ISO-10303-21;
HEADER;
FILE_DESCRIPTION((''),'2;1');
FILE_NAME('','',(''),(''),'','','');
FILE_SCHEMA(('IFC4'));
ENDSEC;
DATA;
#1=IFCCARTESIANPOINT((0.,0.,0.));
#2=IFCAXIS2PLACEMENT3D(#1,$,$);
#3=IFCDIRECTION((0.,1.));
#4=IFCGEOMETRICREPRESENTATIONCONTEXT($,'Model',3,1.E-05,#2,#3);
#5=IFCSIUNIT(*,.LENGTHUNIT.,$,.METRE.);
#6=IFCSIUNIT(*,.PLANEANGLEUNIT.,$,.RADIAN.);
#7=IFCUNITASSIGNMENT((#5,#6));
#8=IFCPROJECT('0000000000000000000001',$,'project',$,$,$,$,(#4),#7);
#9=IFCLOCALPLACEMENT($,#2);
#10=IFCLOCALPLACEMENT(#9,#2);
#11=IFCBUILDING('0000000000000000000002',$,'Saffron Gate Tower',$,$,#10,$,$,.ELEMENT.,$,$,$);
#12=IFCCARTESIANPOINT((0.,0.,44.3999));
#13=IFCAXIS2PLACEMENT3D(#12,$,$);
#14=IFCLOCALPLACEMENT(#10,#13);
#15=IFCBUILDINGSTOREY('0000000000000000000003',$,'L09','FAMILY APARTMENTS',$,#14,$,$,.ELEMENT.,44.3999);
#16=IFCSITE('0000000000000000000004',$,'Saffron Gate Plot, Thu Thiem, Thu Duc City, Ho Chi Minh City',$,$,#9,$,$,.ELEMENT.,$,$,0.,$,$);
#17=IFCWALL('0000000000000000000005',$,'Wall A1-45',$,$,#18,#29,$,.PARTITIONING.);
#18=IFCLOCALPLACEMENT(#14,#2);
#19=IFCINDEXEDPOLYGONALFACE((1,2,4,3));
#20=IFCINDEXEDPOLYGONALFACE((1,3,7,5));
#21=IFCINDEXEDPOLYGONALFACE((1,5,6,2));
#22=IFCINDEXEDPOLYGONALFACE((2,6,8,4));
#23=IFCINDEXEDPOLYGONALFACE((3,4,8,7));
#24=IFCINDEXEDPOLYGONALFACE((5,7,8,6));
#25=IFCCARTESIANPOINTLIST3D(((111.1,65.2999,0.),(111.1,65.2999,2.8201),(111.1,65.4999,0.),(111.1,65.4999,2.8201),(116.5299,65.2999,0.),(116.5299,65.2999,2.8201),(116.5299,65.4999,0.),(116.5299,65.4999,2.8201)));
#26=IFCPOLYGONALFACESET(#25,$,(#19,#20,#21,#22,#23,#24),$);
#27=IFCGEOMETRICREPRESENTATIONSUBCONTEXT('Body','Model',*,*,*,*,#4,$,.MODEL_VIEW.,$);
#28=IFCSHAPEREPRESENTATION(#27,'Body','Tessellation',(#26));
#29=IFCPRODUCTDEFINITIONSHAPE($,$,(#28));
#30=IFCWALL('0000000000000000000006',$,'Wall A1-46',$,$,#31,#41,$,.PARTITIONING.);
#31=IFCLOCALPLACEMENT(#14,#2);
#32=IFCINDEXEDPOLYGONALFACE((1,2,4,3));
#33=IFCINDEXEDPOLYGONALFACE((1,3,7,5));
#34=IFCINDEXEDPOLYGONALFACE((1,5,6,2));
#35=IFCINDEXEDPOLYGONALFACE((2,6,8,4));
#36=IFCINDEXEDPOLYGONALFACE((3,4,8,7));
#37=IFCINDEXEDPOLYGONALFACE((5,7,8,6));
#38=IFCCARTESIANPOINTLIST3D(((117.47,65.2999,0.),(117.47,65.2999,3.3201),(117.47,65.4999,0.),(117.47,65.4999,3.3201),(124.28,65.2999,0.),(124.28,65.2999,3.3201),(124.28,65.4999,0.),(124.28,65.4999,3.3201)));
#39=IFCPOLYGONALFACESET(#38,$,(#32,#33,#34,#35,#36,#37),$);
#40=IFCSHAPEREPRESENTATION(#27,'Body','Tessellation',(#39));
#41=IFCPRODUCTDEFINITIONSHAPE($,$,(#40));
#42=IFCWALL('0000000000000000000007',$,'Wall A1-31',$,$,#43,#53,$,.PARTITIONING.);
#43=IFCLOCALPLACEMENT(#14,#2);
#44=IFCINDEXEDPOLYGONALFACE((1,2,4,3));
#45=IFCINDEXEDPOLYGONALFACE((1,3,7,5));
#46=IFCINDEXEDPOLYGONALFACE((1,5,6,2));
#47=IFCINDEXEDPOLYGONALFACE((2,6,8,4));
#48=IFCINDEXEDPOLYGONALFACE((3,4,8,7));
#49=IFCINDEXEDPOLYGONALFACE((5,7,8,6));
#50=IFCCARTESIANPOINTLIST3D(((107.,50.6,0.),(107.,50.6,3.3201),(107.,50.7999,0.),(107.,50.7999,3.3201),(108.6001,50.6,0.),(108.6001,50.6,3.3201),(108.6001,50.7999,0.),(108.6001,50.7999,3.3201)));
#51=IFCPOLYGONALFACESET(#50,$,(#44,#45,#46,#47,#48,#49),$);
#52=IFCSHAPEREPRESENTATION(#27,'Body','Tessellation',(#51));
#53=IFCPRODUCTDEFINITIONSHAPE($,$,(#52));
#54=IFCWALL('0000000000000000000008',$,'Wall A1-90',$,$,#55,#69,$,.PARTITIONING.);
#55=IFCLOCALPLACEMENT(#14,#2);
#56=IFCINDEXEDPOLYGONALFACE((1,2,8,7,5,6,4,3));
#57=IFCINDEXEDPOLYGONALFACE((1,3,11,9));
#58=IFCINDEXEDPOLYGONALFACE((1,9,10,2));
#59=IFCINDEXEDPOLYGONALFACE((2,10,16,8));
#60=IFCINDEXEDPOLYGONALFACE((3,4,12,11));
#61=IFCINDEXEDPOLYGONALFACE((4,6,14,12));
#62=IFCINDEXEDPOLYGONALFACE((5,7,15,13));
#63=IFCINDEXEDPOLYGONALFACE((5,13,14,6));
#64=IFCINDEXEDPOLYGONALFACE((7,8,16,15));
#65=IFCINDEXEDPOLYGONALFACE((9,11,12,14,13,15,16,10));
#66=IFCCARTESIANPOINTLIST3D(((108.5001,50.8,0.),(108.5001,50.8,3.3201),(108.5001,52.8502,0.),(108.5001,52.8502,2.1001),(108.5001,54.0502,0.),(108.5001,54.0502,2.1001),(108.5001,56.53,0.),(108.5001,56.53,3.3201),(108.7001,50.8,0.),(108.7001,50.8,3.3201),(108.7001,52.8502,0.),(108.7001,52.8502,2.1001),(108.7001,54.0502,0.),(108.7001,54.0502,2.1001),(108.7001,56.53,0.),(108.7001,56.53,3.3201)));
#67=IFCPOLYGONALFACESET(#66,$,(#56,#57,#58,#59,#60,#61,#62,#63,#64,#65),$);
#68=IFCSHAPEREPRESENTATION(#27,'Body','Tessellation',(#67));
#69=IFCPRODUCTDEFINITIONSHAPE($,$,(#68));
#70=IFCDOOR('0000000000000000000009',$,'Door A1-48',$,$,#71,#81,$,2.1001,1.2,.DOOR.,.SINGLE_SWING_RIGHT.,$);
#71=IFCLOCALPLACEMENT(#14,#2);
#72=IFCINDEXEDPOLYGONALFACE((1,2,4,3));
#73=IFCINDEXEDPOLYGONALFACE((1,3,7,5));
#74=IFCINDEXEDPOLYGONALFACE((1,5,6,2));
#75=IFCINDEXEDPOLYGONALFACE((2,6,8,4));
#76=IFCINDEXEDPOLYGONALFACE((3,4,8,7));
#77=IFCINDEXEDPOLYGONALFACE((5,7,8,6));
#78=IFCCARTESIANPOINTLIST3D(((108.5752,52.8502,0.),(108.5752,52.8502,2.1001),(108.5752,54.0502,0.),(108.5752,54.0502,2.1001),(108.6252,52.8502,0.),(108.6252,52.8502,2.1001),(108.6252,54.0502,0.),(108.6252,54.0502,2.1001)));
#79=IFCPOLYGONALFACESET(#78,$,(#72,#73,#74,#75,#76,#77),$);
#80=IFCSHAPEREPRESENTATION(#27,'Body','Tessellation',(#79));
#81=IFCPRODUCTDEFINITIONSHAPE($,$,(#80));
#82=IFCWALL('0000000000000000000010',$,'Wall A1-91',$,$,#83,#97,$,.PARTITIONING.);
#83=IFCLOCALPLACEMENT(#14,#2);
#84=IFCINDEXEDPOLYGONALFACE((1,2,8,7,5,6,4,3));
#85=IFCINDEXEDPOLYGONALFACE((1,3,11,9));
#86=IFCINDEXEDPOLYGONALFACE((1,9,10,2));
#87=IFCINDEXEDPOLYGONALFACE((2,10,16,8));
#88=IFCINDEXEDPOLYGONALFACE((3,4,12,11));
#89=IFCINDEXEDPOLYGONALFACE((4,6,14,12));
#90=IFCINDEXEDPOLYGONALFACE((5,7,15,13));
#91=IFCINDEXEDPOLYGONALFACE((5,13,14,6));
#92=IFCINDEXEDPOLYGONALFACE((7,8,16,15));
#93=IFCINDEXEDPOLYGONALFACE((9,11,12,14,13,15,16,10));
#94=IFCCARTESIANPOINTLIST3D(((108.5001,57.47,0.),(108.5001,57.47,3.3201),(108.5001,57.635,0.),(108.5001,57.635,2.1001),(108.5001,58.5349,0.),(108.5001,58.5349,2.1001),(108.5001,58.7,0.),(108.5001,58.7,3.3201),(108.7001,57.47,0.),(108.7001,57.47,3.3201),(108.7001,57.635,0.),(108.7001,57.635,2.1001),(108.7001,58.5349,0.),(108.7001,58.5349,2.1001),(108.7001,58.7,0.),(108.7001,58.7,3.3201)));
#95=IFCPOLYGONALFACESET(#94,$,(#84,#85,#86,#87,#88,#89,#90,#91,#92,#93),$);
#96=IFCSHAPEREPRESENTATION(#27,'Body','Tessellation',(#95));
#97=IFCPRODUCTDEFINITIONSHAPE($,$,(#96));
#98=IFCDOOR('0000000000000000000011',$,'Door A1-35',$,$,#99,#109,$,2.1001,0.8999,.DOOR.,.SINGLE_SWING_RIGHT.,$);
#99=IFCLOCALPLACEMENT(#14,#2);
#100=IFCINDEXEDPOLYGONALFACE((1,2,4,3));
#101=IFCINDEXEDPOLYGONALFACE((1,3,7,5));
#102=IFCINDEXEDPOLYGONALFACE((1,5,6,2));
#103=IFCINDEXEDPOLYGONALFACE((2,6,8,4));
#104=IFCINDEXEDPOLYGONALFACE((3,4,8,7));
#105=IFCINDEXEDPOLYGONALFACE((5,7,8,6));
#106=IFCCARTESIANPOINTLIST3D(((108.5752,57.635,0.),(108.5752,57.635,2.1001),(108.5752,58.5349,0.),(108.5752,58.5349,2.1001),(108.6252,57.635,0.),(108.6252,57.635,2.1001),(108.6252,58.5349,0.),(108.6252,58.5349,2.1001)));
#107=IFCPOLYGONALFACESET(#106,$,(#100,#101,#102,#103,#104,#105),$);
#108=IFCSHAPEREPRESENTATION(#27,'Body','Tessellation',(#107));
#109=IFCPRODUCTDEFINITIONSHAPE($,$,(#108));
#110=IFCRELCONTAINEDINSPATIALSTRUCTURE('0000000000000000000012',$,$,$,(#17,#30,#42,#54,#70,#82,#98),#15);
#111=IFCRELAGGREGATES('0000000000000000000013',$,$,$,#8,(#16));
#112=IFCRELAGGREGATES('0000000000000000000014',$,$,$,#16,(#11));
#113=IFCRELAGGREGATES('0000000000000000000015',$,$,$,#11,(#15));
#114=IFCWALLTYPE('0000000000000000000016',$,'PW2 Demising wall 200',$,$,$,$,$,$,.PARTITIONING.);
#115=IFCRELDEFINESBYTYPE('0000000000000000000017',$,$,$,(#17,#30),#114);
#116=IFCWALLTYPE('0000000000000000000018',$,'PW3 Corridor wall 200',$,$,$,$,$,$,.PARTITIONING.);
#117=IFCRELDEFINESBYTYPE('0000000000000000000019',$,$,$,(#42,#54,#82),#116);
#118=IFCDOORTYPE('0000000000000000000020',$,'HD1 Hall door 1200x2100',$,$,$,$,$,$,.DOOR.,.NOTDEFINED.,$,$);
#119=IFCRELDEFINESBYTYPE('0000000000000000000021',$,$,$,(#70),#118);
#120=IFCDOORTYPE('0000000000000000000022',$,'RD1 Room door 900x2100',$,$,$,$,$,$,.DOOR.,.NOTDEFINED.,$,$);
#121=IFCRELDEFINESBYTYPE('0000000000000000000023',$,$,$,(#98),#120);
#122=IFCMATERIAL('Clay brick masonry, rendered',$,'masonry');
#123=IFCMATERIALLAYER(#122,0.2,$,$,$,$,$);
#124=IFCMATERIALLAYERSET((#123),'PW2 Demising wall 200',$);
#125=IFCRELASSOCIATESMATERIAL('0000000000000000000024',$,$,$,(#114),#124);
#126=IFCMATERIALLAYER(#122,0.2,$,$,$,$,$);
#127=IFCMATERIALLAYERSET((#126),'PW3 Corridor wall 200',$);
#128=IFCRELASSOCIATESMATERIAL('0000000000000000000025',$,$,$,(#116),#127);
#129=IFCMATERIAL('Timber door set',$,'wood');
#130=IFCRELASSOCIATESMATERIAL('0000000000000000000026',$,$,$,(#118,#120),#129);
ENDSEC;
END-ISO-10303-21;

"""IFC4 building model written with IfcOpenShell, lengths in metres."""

from ifc_helpers import new_model, si_unit, direction, frame, frame_2d, origin, place, context, subcontext, project, spatial, rectangle, extrude, material, layer, layer_set, type_object, element, fill, save


model = new_model("IFC4")

# Units and contexts
model_context = context("Model", 3, precision=1e-05, world=origin(), true_north=direction((0.0, 1.0)))
body_context = subcontext(model_context, "Body", "Model", "MODEL_VIEW")
ifc_project = project(units=[si_unit("LENGTHUNIT", "METRE"), si_unit("PLANEANGLEUNIT", "RADIAN")], contexts=[model_context])

# Site, building, storey
site_placement = place(None, origin())
site = spatial("IfcSite", under=ifc_project, at=site_placement, Name="Saffron Gate Plot, Thu Thiem, Thu Duc City, Ho Chi Minh City", CompositionType="ELEMENT", RefElevation=0.0)
building_placement = place(site_placement, origin())
building = spatial("IfcBuilding", under=site, at=building_placement, Name="Saffron Gate Tower", CompositionType="ELEMENT")
storey_placement = place(building_placement, frame((0.0, 0.0, 44.3999)))
storey = spatial("IfcBuildingStorey", under=building, at=storey_placement, Name="L09", Description="FAMILY APARTMENTS", CompositionType="ELEMENT", Elevation=44.3999)

# Walls
ifc_material_1 = material(Name="Clay brick masonry, rendered", Category="masonry")
ifc_layer_1 = layer(ifc_material_1, 0.2)
ifc_layer_set_1 = layer_set([ifc_layer_1], Name="PW2 Demising wall 200")
wall_type_1 = type_object("IfcWallType", Name="PW2 Demising wall 200", PredefinedType="PARTITIONING", material=ifc_layer_set_1)
wall_1_placement = place(storey_placement, frame((111.1001, 65.3999, 0.0), z_axis=(0.0, 0.0, 1.0), x_axis=(1.0, 0.0, 0.0)))
element("IfcWall", 1, at=wall_1_placement, inside=storey, type_object=wall_type_1, Name="Wall A1-45", PredefinedType="PARTITIONING", context=body_context, shape_type="SweptSolid", body=[
    extrude(rectangle(XDim=5.4299, YDim=0.2, at=frame_2d((2.7148, 0.0))), origin(), (0.0, 0.0, 1.0), 2.8201),
])
wall_2_placement = place(storey_placement, frame((117.47, 65.3999, 0.0), z_axis=(0.0, 0.0, 1.0), x_axis=(1.0, 0.0, 0.0)))
element("IfcWall", 2, at=wall_2_placement, inside=storey, type_object=wall_type_1, Name="Wall A1-46", PredefinedType="PARTITIONING", context=body_context, shape_type="SweptSolid", body=[
    extrude(rectangle(XDim=6.8101, YDim=0.2, at=frame_2d((3.405, 0.0))), origin(), (0.0, 0.0, 1.0), 3.3201),
])
ifc_layer_2 = layer(ifc_material_1, 0.2)
ifc_layer_set_2 = layer_set([ifc_layer_2], Name="PW3 Corridor wall 200")
wall_type_2 = type_object("IfcWallType", Name="PW3 Corridor wall 200", PredefinedType="PARTITIONING", material=ifc_layer_set_2)
wall_3_placement = place(storey_placement, frame((107.0, 50.7, 0.0), z_axis=(0.0, 0.0, 1.0), x_axis=(1.0, 0.0, 0.0)))
element("IfcWall", 3, at=wall_3_placement, inside=storey, type_object=wall_type_2, Name="Wall A1-31", PredefinedType="PARTITIONING", context=body_context, shape_type="SweptSolid", body=[
    extrude(rectangle(XDim=1.6001, YDim=0.2, at=frame_2d((0.8, 0.0))), origin(), (0.0, 0.0, 1.0), 3.3201),
])

# Walls, openings, doors
wall_4_placement = place(storey_placement, frame((108.6001, 50.8, 0.0), z_axis=(0.0, 0.0, 1.0), x_axis=(0.0, 1.0, 0.0)))
wall_4 = element("IfcWall", 4, at=wall_4_placement, inside=storey, type_object=wall_type_2, Name="Wall A1-90", PredefinedType="PARTITIONING", context=body_context, shape_type="SweptSolid", body=[
    extrude(rectangle(XDim=5.73, YDim=0.2, at=frame_2d((2.865, 0.0))), origin(), (0.0, 0.0, 1.0), 3.3201),
])
opening_1_placement = place(wall_4_placement, frame((2.05, 0.0, 0.0)))
opening_1 = element("IfcOpeningElement", 5, at=opening_1_placement, cuts=wall_4, PredefinedType="OPENING", context=body_context, shape_type="SweptSolid", body=[
    extrude(rectangle(XDim=1.2, YDim=2.1001, at=frame_2d((0.6001, 1.05))), frame((0.0, 0.1099, 0.0), z_axis=(0.0, -1.0, 0.0), x_axis=(1.0, 0.0, 0.0)), (0.0, 0.0, 1.0), 0.22),
])
ifc_material_2 = material(Name="Timber door set", Category="wood")
door_type_1 = type_object("IfcDoorType", Name="HD1 Hall door 1200x2100", OperationType="NOTDEFINED", PredefinedType="DOOR", material=ifc_material_2)
door_1_placement = place(opening_1_placement, origin())
door_1 = element("IfcDoor", 6, at=door_1_placement, inside=storey, type_object=door_type_1, Name="Door A1-48", OperationType="SINGLE_SWING_RIGHT", OverallHeight=2.1001, OverallWidth=1.2, PredefinedType="DOOR", context=body_context, shape_type="SweptSolid", body=[
    extrude(rectangle(XDim=1.2, YDim=2.1001, at=frame_2d((0.6001, 1.05))), frame((0.0, 0.0249, 0.0), z_axis=(0.0, -1.0, 0.0), x_axis=(1.0, 0.0, 0.0)), (0.0, 0.0, 1.0), 0.05),
])
fill(opening_1, door_1)
wall_5_placement = place(storey_placement, frame((108.6001, 57.47, 0.0), z_axis=(0.0, 0.0, 1.0), x_axis=(0.0, 1.0, 0.0)))
wall_5 = element("IfcWall", 7, at=wall_5_placement, inside=storey, type_object=wall_type_2, Name="Wall A1-91", PredefinedType="PARTITIONING", context=body_context, shape_type="SweptSolid", body=[
    extrude(rectangle(XDim=1.23, YDim=0.2, at=frame_2d((0.615, 0.0))), origin(), (0.0, 0.0, 1.0), 3.3201),
])
opening_2_placement = place(wall_5_placement, frame((0.165, 0.0, 0.0)))
opening_2 = element("IfcOpeningElement", 8, at=opening_2_placement, cuts=wall_5, PredefinedType="OPENING", context=body_context, shape_type="SweptSolid", body=[
    extrude(rectangle(XDim=0.8999, YDim=2.1001, at=frame_2d((0.45, 1.05))), frame((0.0, 0.1099, 0.0), z_axis=(0.0, -1.0, 0.0), x_axis=(1.0, 0.0, 0.0)), (0.0, 0.0, 1.0), 0.22),
])
door_type_2 = type_object("IfcDoorType", Name="RD1 Room door 900x2100", OperationType="NOTDEFINED", PredefinedType="DOOR", material=ifc_material_2)
door_2_placement = place(opening_2_placement, origin())
door_2 = element("IfcDoor", 9, at=door_2_placement, inside=storey, type_object=door_type_2, Name="Door A1-35", OperationType="SINGLE_SWING_RIGHT", OverallHeight=2.1001, OverallWidth=0.8999, PredefinedType="DOOR", context=body_context, shape_type="SweptSolid", body=[
    extrude(rectangle(XDim=0.8999, YDim=2.1001, at=frame_2d((0.45, 1.05))), frame((0.0, 0.0249, 0.0), z_axis=(0.0, -1.0, 0.0), x_axis=(1.0, 0.0, 0.0)), (0.0, 0.0, 1.0), 0.05),
])
fill(opening_2, door_2)

save(model, "model.ifc")
